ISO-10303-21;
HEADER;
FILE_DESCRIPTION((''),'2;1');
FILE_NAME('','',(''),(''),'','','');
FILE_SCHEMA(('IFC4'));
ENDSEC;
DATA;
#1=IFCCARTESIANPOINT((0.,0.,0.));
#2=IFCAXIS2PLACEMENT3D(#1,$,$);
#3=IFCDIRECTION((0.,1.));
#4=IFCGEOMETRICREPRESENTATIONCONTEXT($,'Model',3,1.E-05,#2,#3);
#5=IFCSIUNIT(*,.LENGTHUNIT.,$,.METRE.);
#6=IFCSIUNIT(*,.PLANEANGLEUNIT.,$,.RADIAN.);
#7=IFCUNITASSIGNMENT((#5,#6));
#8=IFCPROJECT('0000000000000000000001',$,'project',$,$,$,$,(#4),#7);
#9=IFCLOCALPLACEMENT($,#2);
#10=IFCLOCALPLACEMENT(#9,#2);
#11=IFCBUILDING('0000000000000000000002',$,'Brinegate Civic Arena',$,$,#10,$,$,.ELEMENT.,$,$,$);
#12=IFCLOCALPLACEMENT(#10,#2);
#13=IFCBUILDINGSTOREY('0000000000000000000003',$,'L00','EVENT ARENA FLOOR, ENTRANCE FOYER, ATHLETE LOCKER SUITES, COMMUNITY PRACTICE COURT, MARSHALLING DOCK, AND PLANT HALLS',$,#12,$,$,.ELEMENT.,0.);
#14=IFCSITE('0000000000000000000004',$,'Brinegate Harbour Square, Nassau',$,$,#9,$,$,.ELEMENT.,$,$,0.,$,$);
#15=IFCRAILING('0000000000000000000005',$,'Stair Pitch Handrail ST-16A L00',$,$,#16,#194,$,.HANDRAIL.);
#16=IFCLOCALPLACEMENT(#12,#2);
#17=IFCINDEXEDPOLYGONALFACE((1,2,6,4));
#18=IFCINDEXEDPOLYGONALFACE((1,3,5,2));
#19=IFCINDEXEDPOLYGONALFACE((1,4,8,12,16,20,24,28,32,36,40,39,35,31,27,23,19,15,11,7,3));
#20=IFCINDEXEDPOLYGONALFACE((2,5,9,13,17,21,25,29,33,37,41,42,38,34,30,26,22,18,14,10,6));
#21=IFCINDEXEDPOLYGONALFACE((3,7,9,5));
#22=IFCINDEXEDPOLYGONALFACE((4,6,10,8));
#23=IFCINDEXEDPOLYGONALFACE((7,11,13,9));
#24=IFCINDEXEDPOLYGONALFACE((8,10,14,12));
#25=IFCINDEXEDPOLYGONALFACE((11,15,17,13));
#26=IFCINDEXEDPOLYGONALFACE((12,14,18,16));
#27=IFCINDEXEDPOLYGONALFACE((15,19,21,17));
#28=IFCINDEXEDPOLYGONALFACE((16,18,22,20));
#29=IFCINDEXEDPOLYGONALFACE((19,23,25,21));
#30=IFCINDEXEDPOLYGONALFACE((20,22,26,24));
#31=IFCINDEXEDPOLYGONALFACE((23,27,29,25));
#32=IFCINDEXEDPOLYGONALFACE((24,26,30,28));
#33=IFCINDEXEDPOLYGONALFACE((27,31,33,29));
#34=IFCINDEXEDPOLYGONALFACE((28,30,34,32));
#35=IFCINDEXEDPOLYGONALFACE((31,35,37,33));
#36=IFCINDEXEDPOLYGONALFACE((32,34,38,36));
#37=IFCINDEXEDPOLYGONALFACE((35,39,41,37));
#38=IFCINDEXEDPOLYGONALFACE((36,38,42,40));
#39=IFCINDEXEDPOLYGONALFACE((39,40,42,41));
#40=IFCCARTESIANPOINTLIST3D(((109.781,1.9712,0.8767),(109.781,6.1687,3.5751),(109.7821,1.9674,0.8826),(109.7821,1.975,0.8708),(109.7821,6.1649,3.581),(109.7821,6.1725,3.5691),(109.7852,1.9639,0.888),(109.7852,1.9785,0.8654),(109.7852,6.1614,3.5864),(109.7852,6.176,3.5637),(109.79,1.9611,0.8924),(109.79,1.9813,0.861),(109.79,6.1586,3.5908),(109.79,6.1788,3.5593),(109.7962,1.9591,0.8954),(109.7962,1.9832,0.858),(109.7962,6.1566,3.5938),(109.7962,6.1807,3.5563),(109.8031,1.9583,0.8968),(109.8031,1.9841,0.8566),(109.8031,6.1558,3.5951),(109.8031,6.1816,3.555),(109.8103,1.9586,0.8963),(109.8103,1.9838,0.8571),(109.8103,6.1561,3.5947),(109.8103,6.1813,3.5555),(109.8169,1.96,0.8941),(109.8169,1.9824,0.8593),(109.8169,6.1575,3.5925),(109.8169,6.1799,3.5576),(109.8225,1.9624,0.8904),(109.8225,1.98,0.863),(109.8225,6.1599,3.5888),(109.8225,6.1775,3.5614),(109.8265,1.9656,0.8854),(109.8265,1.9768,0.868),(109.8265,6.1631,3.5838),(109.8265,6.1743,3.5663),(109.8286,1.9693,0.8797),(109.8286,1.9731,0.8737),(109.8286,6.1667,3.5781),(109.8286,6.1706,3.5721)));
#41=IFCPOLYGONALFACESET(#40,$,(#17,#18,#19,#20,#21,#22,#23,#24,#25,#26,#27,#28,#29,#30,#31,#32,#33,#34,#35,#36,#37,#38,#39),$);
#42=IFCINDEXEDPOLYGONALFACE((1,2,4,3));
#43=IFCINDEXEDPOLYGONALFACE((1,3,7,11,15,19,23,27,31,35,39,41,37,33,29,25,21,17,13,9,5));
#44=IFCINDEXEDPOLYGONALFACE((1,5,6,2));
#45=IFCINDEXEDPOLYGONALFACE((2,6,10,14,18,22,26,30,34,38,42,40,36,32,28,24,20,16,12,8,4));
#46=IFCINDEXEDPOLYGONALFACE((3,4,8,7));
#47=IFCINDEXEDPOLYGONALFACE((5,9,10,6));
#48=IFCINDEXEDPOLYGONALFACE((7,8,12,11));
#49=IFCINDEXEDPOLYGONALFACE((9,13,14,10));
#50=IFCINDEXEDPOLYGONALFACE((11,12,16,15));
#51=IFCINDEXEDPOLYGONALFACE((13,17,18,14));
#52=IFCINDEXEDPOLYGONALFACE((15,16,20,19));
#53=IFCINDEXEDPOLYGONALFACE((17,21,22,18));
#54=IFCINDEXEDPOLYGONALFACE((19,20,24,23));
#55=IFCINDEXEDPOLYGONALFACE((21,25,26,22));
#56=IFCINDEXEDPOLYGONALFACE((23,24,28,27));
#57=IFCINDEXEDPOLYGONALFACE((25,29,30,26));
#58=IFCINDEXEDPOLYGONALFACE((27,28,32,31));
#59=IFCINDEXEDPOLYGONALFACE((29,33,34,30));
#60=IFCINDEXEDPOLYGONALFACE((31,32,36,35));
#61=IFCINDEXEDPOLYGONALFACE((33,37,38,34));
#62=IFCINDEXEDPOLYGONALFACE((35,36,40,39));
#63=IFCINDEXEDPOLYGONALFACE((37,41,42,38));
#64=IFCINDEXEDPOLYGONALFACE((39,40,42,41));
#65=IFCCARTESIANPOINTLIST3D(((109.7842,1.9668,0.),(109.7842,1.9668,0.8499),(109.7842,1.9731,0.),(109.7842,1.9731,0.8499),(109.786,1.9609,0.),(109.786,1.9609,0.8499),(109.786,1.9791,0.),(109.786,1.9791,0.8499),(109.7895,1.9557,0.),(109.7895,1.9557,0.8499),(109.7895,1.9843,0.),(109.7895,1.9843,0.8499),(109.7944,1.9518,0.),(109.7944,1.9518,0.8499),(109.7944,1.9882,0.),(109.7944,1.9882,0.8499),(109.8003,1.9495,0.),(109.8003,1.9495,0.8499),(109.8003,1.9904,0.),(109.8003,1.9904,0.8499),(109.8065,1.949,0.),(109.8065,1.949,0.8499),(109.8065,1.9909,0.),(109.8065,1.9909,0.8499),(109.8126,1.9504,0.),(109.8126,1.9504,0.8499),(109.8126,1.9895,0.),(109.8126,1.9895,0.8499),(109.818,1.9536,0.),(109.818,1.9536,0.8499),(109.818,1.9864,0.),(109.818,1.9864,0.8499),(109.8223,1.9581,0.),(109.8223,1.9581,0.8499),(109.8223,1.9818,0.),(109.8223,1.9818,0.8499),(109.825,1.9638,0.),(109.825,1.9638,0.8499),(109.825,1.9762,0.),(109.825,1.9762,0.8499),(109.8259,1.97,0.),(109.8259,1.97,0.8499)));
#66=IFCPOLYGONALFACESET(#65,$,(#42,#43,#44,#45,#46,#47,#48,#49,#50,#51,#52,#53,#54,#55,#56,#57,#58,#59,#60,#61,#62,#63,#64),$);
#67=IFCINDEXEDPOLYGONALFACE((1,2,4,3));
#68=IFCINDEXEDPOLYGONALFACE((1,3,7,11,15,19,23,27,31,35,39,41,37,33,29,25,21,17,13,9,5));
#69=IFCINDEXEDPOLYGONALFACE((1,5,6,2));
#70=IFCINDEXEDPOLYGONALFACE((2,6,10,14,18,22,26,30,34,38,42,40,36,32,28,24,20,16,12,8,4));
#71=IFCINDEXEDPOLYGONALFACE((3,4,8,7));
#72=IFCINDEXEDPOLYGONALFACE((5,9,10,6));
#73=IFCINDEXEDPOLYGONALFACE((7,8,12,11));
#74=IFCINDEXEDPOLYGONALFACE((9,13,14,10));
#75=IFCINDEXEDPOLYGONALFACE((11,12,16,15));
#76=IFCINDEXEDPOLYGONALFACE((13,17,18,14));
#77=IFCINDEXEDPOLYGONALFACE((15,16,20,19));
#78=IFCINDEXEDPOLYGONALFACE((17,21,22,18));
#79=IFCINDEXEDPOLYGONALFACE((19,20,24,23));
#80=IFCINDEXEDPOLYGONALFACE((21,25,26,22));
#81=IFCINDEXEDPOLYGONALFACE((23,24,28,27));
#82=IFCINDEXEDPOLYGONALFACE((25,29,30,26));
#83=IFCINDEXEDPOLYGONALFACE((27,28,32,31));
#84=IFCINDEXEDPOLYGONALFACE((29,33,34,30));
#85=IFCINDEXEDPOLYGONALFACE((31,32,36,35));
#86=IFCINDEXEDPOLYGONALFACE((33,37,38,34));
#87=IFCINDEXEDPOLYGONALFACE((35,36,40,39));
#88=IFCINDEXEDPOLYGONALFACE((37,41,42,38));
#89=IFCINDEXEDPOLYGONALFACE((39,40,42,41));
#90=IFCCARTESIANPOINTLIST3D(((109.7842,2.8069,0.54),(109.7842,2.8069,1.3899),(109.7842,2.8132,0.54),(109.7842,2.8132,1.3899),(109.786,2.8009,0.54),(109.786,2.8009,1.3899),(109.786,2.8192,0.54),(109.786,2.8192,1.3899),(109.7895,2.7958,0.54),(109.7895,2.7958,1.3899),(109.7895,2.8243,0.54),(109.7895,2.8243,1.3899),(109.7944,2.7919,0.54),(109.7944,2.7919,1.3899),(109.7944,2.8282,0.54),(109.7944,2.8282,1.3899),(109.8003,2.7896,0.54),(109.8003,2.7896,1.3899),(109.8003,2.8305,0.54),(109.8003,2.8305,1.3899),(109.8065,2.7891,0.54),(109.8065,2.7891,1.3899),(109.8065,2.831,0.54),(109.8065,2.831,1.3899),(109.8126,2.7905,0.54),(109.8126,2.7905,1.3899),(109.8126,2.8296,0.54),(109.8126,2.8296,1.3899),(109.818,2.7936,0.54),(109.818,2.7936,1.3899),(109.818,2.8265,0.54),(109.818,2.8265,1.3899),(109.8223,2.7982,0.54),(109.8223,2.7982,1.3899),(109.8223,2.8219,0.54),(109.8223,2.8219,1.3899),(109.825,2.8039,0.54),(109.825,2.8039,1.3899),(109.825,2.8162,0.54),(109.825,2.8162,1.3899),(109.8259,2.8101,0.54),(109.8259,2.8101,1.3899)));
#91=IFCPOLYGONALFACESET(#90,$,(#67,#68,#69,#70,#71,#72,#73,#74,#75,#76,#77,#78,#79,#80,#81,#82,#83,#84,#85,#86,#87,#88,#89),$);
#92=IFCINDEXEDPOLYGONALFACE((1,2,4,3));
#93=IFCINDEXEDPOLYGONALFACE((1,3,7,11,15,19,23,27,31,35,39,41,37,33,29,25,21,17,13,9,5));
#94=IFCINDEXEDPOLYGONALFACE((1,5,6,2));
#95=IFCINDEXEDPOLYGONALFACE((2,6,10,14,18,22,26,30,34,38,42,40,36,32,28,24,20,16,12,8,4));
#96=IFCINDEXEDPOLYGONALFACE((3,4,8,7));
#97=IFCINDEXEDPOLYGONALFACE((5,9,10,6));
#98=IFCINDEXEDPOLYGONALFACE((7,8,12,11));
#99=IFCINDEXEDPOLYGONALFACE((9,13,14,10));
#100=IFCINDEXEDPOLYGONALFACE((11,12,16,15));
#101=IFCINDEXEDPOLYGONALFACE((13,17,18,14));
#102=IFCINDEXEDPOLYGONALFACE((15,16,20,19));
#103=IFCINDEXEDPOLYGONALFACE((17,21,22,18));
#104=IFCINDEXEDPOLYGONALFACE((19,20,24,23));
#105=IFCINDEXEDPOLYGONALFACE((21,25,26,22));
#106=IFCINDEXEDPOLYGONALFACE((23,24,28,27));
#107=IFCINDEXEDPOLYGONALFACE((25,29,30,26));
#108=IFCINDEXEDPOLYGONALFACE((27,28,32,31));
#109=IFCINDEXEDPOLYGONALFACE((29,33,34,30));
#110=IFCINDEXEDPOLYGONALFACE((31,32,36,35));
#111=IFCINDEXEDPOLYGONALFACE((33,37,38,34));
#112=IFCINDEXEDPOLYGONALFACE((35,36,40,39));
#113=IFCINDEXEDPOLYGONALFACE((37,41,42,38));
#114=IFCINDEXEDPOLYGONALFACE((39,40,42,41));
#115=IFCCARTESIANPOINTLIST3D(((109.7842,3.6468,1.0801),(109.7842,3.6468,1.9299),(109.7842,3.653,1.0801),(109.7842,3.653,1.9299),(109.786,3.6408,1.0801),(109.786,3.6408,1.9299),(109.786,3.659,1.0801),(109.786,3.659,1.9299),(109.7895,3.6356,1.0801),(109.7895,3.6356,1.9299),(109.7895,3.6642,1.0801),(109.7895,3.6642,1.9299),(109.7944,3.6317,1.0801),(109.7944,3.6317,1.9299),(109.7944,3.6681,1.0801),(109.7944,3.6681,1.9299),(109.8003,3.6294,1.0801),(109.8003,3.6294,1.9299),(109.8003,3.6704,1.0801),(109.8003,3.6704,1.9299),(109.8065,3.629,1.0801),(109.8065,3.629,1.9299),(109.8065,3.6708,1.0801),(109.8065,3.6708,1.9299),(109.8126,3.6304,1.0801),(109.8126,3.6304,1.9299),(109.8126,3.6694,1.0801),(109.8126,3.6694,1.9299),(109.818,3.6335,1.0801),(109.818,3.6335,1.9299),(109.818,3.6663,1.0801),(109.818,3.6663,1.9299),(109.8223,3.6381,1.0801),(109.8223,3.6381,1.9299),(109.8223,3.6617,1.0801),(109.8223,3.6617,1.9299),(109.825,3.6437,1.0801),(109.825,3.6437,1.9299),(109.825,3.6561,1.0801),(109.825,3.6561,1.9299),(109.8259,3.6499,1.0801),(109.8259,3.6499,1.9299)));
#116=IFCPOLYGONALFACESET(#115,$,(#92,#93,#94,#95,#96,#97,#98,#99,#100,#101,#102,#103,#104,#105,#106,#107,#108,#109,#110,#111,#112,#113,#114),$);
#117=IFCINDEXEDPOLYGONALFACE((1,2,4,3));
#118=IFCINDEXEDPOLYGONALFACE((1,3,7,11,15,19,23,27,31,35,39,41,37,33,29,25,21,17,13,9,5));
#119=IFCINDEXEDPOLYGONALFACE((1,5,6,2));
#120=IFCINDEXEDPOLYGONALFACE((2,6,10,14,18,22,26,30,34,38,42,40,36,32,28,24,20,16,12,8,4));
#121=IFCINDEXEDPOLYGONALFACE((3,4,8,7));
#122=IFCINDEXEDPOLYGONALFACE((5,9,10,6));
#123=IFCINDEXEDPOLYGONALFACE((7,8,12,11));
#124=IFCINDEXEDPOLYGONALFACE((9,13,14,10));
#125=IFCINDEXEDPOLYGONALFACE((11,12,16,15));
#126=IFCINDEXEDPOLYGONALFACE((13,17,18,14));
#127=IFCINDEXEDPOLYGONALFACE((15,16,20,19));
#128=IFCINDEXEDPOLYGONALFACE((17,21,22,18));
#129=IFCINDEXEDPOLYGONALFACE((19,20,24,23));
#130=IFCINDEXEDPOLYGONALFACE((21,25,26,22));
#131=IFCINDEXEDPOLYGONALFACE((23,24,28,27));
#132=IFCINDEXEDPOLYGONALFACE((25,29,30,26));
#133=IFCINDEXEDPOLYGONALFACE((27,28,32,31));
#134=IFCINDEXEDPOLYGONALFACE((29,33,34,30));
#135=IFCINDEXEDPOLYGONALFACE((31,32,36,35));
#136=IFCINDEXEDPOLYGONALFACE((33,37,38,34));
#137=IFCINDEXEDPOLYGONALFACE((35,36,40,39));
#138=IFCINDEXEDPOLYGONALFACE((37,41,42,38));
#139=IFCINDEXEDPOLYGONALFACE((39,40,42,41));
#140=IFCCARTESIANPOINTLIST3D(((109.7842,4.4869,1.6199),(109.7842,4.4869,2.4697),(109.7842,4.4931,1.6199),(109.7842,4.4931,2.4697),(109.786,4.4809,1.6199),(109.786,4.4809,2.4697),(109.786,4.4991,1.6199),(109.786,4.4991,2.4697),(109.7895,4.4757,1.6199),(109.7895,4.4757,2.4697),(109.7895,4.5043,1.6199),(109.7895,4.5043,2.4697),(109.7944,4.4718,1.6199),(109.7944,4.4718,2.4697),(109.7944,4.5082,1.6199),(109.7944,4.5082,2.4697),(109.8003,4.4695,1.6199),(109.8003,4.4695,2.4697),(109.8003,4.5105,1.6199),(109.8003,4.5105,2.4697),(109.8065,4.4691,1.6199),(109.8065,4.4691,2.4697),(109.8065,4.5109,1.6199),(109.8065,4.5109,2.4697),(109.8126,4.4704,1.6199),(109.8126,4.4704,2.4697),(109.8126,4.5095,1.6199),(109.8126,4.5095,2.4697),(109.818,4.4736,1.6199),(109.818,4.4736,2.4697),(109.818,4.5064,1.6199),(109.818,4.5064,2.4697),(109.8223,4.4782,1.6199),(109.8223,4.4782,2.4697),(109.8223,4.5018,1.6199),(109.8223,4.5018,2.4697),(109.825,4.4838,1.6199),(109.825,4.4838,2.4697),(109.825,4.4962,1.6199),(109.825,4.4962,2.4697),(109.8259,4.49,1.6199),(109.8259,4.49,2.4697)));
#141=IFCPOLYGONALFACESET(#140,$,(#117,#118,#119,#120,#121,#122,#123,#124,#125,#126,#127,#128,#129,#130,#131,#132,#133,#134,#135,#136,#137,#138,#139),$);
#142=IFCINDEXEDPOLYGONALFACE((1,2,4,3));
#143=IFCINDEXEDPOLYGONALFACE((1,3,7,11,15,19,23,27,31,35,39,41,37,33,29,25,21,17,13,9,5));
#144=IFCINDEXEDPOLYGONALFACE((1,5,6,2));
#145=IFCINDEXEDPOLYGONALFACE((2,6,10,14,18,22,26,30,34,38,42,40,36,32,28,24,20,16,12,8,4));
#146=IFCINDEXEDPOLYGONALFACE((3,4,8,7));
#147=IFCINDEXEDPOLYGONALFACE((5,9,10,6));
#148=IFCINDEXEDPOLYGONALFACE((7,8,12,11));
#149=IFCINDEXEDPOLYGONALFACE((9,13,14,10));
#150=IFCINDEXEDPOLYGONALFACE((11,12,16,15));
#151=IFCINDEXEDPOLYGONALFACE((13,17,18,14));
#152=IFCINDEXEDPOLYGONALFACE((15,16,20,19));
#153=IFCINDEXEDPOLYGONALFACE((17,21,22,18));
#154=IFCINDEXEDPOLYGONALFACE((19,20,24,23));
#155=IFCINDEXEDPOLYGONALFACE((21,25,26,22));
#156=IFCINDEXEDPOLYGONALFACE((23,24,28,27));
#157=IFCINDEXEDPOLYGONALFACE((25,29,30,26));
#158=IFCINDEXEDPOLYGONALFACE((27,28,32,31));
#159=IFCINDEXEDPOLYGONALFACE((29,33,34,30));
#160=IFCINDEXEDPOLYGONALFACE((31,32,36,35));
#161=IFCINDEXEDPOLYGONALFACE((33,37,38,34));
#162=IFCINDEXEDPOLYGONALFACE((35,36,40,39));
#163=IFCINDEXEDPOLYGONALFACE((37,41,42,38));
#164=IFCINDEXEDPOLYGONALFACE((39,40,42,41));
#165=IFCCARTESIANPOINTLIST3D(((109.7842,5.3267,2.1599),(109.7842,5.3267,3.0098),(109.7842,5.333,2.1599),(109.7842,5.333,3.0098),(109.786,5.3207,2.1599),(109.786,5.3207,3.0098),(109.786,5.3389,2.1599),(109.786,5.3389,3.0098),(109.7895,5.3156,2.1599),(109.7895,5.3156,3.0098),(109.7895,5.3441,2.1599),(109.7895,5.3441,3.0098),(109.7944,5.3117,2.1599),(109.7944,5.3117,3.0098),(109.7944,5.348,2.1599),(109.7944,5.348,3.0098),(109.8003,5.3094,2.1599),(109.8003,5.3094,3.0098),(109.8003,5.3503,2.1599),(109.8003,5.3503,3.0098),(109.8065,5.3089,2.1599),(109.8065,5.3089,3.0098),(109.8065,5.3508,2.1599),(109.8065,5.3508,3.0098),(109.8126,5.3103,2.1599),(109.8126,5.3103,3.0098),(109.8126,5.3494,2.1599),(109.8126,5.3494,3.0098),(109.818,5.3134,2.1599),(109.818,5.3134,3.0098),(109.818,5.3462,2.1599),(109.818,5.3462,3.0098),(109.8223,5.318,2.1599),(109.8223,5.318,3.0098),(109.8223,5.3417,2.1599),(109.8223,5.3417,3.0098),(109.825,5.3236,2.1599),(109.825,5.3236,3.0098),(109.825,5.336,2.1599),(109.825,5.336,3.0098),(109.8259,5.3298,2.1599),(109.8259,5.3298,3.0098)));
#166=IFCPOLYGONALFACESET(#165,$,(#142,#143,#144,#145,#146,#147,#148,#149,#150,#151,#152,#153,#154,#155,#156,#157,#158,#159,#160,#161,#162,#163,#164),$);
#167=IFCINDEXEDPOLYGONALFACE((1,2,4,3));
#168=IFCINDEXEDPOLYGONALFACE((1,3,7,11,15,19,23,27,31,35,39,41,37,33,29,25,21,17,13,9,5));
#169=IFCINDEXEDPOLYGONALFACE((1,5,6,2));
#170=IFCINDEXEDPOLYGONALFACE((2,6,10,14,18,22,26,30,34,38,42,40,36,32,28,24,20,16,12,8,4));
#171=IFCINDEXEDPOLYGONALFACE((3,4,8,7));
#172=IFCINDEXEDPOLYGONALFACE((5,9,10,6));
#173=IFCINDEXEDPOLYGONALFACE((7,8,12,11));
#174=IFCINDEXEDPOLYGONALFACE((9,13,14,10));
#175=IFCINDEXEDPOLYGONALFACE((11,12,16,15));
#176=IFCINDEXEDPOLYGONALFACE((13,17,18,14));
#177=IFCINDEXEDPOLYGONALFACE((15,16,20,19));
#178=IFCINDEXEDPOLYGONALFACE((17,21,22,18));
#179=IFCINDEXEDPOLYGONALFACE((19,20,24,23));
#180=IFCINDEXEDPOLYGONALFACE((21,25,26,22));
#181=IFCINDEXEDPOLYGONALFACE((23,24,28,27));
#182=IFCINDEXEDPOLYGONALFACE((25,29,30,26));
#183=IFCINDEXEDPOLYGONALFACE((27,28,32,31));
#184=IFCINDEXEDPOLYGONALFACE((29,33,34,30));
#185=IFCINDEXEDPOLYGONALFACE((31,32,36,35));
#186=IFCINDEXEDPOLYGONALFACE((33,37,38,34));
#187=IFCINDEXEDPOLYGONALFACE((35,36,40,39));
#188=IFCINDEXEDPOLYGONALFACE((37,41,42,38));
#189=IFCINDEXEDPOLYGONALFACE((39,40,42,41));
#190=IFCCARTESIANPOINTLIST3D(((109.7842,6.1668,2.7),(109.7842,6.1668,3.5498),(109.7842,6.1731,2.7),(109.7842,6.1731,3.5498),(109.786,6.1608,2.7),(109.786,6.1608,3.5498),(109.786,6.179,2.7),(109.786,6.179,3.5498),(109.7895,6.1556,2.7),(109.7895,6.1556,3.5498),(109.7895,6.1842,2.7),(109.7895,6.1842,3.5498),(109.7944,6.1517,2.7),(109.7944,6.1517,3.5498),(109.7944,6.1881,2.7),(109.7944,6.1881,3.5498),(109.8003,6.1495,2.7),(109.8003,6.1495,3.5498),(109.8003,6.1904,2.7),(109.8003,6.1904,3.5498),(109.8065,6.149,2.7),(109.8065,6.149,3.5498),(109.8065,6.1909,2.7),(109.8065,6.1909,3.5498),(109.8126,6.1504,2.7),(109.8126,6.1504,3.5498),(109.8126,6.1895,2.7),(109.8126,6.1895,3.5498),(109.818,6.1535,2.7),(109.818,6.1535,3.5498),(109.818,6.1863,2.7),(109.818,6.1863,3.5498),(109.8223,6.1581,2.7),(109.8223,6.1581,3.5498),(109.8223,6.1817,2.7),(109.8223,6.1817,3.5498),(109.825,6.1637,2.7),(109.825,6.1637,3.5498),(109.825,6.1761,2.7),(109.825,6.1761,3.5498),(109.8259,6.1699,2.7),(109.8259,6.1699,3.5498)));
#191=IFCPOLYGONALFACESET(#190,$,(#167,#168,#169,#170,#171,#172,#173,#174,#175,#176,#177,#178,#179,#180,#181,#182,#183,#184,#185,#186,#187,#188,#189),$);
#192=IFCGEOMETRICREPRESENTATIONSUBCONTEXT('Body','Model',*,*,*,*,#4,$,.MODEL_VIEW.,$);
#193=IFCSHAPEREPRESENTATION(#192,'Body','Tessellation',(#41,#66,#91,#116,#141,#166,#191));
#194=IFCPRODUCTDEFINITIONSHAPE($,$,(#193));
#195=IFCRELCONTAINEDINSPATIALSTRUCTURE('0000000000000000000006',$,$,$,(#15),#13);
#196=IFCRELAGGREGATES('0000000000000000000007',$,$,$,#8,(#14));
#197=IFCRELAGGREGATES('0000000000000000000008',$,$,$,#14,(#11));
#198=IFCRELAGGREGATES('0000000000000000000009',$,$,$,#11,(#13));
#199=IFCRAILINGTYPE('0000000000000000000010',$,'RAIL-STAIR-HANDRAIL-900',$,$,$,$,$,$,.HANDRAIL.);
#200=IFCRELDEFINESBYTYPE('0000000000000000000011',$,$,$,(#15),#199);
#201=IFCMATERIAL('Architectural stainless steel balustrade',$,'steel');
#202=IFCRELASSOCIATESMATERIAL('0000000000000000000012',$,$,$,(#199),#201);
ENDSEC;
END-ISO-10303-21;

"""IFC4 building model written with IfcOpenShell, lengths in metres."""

from ifc_helpers import new_model, si_unit, direction, frame, origin, origin_2d, place, context, subcontext, project, spatial, circle, extrude, material, type_object, element, save


model = new_model("IFC4")

# Units and contexts
model_context = context("Model", 3, precision=1e-05, world=origin(), true_north=direction((0.0, 1.0)))
body_context = subcontext(model_context, "Body", "Model", "MODEL_VIEW")
ifc_project = project(units=[si_unit("LENGTHUNIT", "METRE"), si_unit("PLANEANGLEUNIT", "RADIAN")], contexts=[model_context])

# Site, building, storey
site_placement = place(None, origin())
site = spatial("IfcSite", under=ifc_project, at=site_placement, Name="Brinegate Harbour Square, Nassau", CompositionType="ELEMENT", RefElevation=0.0)
building_placement = place(site_placement, origin())
building = spatial("IfcBuilding", under=site, at=building_placement, Name="Brinegate Civic Arena", CompositionType="ELEMENT")
storey_placement = place(building_placement, origin())
storey = spatial("IfcBuildingStorey", under=building, at=storey_placement, Name="L00", Description="EVENT ARENA FLOOR, ENTRANCE FOYER, ATHLETE LOCKER SUITES, COMMUNITY PRACTICE COURT, MARSHALLING DOCK, AND PLANT HALLS", CompositionType="ELEMENT", Elevation=0.0)

# Railing
ifc_material_1 = material(Name="Architectural stainless steel balustrade", Category="steel")
railing_type = type_object("IfcRailingType", Name="RAIL-STAIR-HANDRAIL-900", PredefinedType="HANDRAIL", material=ifc_material_1)
railing_placement = place(storey_placement, frame((109.8049, 1.97, 0.0)))
element("IfcRailing", 1, at=railing_placement, inside=storey, type_object=railing_type, Name="Stair Pitch Handrail ST-16A L00", PredefinedType="HANDRAIL", context=body_context, shape_type="SweptSolid", body=[
    extrude(circle(Radius=0.0239, at=origin_2d()), frame((0.0, 0.0012, 0.8767), z_axis=(0.0, 0.84118, 0.540755), x_axis=(-1.0, 0.0, 0.0)), (0.0, 0.0, 1.0), 4.99),
    extrude(circle(Radius=0.021, at=origin_2d()), origin(), (0.0, 0.0, 1.0), 0.8499),
    extrude(circle(Radius=0.021, at=origin_2d()), frame((0.0, 0.8401, 0.54)), (0.0, 0.0, 1.0), 0.8499),
    extrude(circle(Radius=0.021, at=origin_2d()), frame((0.0, 1.6799, 1.0801)), (0.0, 0.0, 1.0), 0.8499),
    extrude(circle(Radius=0.021, at=origin_2d()), frame((0.0, 2.52, 1.6199)), (0.0, 0.0, 1.0), 0.8499),
    extrude(circle(Radius=0.021, at=origin_2d()), frame((0.0, 3.3599, 2.1599)), (0.0, 0.0, 1.0), 0.8499),
    extrude(circle(Radius=0.021, at=origin_2d()), frame((0.0, 4.2, 2.7)), (0.0, 0.0, 1.0), 0.8499),
])

save(model, "model.ifc")
